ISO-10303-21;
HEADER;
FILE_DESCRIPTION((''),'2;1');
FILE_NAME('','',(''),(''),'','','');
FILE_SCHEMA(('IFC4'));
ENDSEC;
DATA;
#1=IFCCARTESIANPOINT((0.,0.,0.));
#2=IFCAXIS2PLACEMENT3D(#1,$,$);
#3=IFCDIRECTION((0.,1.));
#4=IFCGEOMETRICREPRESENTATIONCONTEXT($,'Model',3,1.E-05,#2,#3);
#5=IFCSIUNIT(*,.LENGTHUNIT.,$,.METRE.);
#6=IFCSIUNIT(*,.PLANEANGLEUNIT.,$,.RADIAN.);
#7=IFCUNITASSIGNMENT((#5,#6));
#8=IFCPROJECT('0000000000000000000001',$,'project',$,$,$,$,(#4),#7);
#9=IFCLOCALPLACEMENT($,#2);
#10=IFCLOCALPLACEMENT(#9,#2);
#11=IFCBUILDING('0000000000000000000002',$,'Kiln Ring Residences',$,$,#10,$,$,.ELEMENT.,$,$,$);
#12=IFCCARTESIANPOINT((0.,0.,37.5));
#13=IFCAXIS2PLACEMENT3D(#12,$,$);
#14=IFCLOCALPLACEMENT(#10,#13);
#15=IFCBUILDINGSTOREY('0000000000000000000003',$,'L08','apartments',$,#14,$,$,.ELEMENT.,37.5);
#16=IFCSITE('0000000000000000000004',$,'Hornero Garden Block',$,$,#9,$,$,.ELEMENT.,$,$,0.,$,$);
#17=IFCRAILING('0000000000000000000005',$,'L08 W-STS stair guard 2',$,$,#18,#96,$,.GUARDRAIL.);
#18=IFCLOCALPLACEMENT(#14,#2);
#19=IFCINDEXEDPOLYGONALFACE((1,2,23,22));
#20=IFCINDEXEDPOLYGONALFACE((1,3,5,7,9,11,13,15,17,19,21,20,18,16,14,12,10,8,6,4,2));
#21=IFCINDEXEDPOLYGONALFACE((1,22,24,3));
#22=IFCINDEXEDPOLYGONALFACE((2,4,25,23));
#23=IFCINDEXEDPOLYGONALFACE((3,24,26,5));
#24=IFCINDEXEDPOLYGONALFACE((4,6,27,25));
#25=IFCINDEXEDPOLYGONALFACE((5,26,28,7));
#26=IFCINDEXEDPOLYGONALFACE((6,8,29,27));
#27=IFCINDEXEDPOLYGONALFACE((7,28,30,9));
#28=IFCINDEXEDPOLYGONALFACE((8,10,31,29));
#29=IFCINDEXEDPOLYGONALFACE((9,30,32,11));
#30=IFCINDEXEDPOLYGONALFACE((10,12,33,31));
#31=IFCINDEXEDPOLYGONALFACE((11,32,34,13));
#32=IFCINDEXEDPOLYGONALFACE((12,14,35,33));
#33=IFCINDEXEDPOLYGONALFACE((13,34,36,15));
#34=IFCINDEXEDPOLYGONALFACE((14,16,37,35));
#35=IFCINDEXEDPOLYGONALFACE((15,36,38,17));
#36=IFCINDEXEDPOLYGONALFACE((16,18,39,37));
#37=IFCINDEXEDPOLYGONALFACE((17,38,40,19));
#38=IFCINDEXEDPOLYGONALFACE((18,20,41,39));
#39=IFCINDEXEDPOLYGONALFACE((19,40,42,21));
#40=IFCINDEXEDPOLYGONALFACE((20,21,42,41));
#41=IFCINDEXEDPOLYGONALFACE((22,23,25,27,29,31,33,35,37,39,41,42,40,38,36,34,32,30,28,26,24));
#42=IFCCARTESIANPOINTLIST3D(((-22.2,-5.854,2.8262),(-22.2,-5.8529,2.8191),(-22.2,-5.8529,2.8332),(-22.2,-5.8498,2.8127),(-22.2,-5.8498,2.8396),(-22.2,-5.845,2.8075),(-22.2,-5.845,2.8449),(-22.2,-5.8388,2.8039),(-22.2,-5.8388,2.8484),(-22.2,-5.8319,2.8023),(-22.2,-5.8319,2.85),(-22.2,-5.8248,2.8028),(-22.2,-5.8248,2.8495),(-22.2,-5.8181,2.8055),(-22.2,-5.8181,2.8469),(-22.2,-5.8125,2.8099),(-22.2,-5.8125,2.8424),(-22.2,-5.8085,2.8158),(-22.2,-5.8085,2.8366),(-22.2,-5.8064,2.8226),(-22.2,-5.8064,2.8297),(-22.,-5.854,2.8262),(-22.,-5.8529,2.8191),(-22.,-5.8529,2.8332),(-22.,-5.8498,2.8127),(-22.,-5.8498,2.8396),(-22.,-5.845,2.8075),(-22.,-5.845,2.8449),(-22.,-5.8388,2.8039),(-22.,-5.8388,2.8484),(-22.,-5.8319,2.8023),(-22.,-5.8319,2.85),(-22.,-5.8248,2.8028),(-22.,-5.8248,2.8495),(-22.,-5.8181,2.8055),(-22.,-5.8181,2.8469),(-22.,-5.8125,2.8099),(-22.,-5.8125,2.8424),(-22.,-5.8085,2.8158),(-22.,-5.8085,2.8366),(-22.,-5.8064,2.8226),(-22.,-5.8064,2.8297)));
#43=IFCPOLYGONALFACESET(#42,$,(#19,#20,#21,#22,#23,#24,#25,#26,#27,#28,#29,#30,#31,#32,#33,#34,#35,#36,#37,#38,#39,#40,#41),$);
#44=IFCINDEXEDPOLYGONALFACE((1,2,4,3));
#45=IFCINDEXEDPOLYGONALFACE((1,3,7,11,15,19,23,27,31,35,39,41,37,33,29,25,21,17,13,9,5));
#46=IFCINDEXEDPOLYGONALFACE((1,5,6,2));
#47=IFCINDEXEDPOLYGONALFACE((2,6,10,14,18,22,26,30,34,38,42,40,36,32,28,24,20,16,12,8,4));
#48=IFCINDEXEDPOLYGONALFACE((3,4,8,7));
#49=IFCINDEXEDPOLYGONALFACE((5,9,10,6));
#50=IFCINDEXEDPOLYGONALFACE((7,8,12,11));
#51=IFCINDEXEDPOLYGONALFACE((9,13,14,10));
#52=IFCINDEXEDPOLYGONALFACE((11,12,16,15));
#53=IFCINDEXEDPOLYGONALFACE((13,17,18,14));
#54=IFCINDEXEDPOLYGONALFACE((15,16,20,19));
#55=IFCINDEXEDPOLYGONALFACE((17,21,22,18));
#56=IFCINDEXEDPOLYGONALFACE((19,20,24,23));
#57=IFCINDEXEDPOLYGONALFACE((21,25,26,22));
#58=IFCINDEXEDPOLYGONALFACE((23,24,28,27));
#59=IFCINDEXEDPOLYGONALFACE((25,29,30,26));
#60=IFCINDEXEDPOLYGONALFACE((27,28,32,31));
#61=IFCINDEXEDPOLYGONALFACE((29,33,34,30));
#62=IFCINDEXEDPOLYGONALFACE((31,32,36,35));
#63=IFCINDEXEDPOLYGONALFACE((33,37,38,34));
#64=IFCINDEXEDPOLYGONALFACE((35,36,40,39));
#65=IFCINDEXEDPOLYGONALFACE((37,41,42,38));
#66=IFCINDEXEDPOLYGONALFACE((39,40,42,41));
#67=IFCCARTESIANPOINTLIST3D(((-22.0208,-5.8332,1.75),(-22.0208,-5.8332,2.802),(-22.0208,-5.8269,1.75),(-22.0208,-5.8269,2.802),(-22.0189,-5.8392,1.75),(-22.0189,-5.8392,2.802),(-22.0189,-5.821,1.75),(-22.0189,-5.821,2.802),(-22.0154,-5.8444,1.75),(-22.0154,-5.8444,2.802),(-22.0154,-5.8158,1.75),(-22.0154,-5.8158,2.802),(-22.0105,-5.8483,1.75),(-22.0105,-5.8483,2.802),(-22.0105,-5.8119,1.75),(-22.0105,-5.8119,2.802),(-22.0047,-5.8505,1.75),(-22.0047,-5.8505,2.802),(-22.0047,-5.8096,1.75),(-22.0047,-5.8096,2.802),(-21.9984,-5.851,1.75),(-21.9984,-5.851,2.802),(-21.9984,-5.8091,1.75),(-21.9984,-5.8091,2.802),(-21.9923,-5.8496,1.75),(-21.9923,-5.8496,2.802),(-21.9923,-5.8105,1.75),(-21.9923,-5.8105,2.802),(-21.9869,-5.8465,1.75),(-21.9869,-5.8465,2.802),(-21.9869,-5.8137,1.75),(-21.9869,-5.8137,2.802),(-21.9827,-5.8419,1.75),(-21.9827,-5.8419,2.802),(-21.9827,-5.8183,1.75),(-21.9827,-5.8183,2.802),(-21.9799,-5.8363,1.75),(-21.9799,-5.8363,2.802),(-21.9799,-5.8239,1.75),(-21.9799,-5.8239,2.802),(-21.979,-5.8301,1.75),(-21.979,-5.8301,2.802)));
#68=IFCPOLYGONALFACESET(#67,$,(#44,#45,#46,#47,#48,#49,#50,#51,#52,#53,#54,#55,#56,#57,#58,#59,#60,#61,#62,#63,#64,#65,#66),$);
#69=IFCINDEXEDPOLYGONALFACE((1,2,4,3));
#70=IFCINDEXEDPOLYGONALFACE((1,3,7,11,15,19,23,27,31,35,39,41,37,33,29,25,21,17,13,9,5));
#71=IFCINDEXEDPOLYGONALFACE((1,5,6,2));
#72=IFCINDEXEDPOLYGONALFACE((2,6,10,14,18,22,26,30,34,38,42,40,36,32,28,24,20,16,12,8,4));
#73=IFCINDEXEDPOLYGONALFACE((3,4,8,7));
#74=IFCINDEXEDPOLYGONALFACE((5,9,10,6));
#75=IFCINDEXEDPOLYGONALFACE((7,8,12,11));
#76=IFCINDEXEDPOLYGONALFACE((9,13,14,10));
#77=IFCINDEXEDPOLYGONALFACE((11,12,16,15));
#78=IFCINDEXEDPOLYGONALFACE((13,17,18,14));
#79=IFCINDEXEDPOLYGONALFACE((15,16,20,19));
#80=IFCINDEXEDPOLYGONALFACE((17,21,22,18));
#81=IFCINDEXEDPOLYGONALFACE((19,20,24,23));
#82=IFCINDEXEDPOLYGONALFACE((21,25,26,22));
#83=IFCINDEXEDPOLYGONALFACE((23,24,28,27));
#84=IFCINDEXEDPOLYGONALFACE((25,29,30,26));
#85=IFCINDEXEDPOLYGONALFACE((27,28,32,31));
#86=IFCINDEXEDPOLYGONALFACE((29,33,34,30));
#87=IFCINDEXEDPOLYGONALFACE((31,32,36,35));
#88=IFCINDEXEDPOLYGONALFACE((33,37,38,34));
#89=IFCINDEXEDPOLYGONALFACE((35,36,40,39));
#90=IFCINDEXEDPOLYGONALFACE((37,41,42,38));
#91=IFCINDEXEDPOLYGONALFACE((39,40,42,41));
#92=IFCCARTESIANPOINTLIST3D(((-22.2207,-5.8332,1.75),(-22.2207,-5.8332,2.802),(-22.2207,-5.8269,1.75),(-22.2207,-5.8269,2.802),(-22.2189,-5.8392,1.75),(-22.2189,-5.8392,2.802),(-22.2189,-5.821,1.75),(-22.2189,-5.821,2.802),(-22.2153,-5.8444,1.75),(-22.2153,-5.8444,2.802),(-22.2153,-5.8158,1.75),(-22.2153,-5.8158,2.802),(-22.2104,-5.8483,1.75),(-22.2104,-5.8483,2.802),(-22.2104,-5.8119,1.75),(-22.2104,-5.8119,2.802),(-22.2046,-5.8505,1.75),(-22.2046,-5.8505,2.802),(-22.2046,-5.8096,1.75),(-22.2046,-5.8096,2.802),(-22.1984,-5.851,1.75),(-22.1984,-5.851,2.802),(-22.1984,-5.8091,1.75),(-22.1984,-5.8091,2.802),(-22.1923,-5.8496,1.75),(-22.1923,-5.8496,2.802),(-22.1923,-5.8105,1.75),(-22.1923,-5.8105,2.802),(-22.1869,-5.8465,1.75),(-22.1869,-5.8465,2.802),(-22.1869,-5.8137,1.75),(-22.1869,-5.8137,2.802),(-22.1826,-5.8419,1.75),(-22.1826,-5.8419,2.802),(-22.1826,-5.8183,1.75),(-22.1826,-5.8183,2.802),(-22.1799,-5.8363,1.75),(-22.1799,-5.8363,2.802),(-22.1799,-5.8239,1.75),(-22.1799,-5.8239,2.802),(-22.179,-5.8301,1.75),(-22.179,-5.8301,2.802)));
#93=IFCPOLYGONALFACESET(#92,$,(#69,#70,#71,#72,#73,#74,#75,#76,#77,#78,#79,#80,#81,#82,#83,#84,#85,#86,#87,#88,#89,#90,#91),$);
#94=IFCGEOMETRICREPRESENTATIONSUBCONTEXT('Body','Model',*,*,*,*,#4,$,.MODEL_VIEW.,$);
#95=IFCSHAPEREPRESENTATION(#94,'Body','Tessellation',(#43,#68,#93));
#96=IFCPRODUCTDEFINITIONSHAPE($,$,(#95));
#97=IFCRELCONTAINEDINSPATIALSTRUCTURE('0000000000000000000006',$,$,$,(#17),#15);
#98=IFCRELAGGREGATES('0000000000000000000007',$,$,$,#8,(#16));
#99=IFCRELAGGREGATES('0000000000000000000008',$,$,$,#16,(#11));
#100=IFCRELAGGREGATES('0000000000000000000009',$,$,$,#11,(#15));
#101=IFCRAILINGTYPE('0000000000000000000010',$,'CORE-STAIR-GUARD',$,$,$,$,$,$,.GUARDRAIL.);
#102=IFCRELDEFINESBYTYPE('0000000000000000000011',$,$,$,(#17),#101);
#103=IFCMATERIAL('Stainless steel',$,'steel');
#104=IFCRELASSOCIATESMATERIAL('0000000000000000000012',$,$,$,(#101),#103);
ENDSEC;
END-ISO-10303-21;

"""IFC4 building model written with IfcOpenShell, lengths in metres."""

from ifc_helpers import new_model, si_unit, direction, frame, origin, origin_2d, place, context, subcontext, project, spatial, circle, extrude, material, type_object, element, save


model = new_model("IFC4")

# Units and contexts
model_context = context("Model", 3, precision=1e-05, world=origin(), true_north=direction((0.0, 1.0)))
body_context = subcontext(model_context, "Body", "Model", "MODEL_VIEW")
ifc_project = project(units=[si_unit("LENGTHUNIT", "METRE"), si_unit("PLANEANGLEUNIT", "RADIAN")], contexts=[model_context])

# Site, building, storey
site_placement = place(None, origin())
site = spatial("IfcSite", under=ifc_project, at=site_placement, Name="Hornero Garden Block", CompositionType="ELEMENT", RefElevation=0.0)
building_placement = place(site_placement, origin())
building = spatial("IfcBuilding", under=site, at=building_placement, Name="Kiln Ring Residences", CompositionType="ELEMENT")
storey_placement = place(building_placement, frame((0.0, 0.0, 37.5)))
storey = spatial("IfcBuildingStorey", under=building, at=storey_placement, Name="L08", Description="apartments", CompositionType="ELEMENT", Elevation=37.5)

# Railing
ifc_material_1 = material(Name="Stainless steel", Category="steel")
railing_type_1 = type_object("IfcRailingType", Name="CORE-STAIR-GUARD", PredefinedType="GUARDRAIL", material=ifc_material_1)
railing_1_placement = place(storey_placement, frame((-22.0, -5.8301, 1.75)))
element("IfcRailing", 1, at=railing_1_placement, inside=storey, type_object=railing_type_1, Name="L08 W-STS stair guard 2", PredefinedType="GUARDRAIL", context=body_context, shape_type="SweptSolid", body=[
    extrude(circle(Radius=0.0239, at=origin_2d()), frame((0.0, 0.0, 1.0762), z_axis=(-1.0, 0.0, 0.0), x_axis=(0.0, -1.0, 0.0)), (0.0, 0.0, 1.0), 0.2),
    extrude(circle(Radius=0.021, at=origin_2d()), origin(), (0.0, 0.0, 1.0), 1.052),
    extrude(circle(Radius=0.021, at=origin_2d()), frame((-0.2, 0.0, 0.0)), (0.0, 0.0, 1.0), 1.052),
])

save(model, "model.ifc")
